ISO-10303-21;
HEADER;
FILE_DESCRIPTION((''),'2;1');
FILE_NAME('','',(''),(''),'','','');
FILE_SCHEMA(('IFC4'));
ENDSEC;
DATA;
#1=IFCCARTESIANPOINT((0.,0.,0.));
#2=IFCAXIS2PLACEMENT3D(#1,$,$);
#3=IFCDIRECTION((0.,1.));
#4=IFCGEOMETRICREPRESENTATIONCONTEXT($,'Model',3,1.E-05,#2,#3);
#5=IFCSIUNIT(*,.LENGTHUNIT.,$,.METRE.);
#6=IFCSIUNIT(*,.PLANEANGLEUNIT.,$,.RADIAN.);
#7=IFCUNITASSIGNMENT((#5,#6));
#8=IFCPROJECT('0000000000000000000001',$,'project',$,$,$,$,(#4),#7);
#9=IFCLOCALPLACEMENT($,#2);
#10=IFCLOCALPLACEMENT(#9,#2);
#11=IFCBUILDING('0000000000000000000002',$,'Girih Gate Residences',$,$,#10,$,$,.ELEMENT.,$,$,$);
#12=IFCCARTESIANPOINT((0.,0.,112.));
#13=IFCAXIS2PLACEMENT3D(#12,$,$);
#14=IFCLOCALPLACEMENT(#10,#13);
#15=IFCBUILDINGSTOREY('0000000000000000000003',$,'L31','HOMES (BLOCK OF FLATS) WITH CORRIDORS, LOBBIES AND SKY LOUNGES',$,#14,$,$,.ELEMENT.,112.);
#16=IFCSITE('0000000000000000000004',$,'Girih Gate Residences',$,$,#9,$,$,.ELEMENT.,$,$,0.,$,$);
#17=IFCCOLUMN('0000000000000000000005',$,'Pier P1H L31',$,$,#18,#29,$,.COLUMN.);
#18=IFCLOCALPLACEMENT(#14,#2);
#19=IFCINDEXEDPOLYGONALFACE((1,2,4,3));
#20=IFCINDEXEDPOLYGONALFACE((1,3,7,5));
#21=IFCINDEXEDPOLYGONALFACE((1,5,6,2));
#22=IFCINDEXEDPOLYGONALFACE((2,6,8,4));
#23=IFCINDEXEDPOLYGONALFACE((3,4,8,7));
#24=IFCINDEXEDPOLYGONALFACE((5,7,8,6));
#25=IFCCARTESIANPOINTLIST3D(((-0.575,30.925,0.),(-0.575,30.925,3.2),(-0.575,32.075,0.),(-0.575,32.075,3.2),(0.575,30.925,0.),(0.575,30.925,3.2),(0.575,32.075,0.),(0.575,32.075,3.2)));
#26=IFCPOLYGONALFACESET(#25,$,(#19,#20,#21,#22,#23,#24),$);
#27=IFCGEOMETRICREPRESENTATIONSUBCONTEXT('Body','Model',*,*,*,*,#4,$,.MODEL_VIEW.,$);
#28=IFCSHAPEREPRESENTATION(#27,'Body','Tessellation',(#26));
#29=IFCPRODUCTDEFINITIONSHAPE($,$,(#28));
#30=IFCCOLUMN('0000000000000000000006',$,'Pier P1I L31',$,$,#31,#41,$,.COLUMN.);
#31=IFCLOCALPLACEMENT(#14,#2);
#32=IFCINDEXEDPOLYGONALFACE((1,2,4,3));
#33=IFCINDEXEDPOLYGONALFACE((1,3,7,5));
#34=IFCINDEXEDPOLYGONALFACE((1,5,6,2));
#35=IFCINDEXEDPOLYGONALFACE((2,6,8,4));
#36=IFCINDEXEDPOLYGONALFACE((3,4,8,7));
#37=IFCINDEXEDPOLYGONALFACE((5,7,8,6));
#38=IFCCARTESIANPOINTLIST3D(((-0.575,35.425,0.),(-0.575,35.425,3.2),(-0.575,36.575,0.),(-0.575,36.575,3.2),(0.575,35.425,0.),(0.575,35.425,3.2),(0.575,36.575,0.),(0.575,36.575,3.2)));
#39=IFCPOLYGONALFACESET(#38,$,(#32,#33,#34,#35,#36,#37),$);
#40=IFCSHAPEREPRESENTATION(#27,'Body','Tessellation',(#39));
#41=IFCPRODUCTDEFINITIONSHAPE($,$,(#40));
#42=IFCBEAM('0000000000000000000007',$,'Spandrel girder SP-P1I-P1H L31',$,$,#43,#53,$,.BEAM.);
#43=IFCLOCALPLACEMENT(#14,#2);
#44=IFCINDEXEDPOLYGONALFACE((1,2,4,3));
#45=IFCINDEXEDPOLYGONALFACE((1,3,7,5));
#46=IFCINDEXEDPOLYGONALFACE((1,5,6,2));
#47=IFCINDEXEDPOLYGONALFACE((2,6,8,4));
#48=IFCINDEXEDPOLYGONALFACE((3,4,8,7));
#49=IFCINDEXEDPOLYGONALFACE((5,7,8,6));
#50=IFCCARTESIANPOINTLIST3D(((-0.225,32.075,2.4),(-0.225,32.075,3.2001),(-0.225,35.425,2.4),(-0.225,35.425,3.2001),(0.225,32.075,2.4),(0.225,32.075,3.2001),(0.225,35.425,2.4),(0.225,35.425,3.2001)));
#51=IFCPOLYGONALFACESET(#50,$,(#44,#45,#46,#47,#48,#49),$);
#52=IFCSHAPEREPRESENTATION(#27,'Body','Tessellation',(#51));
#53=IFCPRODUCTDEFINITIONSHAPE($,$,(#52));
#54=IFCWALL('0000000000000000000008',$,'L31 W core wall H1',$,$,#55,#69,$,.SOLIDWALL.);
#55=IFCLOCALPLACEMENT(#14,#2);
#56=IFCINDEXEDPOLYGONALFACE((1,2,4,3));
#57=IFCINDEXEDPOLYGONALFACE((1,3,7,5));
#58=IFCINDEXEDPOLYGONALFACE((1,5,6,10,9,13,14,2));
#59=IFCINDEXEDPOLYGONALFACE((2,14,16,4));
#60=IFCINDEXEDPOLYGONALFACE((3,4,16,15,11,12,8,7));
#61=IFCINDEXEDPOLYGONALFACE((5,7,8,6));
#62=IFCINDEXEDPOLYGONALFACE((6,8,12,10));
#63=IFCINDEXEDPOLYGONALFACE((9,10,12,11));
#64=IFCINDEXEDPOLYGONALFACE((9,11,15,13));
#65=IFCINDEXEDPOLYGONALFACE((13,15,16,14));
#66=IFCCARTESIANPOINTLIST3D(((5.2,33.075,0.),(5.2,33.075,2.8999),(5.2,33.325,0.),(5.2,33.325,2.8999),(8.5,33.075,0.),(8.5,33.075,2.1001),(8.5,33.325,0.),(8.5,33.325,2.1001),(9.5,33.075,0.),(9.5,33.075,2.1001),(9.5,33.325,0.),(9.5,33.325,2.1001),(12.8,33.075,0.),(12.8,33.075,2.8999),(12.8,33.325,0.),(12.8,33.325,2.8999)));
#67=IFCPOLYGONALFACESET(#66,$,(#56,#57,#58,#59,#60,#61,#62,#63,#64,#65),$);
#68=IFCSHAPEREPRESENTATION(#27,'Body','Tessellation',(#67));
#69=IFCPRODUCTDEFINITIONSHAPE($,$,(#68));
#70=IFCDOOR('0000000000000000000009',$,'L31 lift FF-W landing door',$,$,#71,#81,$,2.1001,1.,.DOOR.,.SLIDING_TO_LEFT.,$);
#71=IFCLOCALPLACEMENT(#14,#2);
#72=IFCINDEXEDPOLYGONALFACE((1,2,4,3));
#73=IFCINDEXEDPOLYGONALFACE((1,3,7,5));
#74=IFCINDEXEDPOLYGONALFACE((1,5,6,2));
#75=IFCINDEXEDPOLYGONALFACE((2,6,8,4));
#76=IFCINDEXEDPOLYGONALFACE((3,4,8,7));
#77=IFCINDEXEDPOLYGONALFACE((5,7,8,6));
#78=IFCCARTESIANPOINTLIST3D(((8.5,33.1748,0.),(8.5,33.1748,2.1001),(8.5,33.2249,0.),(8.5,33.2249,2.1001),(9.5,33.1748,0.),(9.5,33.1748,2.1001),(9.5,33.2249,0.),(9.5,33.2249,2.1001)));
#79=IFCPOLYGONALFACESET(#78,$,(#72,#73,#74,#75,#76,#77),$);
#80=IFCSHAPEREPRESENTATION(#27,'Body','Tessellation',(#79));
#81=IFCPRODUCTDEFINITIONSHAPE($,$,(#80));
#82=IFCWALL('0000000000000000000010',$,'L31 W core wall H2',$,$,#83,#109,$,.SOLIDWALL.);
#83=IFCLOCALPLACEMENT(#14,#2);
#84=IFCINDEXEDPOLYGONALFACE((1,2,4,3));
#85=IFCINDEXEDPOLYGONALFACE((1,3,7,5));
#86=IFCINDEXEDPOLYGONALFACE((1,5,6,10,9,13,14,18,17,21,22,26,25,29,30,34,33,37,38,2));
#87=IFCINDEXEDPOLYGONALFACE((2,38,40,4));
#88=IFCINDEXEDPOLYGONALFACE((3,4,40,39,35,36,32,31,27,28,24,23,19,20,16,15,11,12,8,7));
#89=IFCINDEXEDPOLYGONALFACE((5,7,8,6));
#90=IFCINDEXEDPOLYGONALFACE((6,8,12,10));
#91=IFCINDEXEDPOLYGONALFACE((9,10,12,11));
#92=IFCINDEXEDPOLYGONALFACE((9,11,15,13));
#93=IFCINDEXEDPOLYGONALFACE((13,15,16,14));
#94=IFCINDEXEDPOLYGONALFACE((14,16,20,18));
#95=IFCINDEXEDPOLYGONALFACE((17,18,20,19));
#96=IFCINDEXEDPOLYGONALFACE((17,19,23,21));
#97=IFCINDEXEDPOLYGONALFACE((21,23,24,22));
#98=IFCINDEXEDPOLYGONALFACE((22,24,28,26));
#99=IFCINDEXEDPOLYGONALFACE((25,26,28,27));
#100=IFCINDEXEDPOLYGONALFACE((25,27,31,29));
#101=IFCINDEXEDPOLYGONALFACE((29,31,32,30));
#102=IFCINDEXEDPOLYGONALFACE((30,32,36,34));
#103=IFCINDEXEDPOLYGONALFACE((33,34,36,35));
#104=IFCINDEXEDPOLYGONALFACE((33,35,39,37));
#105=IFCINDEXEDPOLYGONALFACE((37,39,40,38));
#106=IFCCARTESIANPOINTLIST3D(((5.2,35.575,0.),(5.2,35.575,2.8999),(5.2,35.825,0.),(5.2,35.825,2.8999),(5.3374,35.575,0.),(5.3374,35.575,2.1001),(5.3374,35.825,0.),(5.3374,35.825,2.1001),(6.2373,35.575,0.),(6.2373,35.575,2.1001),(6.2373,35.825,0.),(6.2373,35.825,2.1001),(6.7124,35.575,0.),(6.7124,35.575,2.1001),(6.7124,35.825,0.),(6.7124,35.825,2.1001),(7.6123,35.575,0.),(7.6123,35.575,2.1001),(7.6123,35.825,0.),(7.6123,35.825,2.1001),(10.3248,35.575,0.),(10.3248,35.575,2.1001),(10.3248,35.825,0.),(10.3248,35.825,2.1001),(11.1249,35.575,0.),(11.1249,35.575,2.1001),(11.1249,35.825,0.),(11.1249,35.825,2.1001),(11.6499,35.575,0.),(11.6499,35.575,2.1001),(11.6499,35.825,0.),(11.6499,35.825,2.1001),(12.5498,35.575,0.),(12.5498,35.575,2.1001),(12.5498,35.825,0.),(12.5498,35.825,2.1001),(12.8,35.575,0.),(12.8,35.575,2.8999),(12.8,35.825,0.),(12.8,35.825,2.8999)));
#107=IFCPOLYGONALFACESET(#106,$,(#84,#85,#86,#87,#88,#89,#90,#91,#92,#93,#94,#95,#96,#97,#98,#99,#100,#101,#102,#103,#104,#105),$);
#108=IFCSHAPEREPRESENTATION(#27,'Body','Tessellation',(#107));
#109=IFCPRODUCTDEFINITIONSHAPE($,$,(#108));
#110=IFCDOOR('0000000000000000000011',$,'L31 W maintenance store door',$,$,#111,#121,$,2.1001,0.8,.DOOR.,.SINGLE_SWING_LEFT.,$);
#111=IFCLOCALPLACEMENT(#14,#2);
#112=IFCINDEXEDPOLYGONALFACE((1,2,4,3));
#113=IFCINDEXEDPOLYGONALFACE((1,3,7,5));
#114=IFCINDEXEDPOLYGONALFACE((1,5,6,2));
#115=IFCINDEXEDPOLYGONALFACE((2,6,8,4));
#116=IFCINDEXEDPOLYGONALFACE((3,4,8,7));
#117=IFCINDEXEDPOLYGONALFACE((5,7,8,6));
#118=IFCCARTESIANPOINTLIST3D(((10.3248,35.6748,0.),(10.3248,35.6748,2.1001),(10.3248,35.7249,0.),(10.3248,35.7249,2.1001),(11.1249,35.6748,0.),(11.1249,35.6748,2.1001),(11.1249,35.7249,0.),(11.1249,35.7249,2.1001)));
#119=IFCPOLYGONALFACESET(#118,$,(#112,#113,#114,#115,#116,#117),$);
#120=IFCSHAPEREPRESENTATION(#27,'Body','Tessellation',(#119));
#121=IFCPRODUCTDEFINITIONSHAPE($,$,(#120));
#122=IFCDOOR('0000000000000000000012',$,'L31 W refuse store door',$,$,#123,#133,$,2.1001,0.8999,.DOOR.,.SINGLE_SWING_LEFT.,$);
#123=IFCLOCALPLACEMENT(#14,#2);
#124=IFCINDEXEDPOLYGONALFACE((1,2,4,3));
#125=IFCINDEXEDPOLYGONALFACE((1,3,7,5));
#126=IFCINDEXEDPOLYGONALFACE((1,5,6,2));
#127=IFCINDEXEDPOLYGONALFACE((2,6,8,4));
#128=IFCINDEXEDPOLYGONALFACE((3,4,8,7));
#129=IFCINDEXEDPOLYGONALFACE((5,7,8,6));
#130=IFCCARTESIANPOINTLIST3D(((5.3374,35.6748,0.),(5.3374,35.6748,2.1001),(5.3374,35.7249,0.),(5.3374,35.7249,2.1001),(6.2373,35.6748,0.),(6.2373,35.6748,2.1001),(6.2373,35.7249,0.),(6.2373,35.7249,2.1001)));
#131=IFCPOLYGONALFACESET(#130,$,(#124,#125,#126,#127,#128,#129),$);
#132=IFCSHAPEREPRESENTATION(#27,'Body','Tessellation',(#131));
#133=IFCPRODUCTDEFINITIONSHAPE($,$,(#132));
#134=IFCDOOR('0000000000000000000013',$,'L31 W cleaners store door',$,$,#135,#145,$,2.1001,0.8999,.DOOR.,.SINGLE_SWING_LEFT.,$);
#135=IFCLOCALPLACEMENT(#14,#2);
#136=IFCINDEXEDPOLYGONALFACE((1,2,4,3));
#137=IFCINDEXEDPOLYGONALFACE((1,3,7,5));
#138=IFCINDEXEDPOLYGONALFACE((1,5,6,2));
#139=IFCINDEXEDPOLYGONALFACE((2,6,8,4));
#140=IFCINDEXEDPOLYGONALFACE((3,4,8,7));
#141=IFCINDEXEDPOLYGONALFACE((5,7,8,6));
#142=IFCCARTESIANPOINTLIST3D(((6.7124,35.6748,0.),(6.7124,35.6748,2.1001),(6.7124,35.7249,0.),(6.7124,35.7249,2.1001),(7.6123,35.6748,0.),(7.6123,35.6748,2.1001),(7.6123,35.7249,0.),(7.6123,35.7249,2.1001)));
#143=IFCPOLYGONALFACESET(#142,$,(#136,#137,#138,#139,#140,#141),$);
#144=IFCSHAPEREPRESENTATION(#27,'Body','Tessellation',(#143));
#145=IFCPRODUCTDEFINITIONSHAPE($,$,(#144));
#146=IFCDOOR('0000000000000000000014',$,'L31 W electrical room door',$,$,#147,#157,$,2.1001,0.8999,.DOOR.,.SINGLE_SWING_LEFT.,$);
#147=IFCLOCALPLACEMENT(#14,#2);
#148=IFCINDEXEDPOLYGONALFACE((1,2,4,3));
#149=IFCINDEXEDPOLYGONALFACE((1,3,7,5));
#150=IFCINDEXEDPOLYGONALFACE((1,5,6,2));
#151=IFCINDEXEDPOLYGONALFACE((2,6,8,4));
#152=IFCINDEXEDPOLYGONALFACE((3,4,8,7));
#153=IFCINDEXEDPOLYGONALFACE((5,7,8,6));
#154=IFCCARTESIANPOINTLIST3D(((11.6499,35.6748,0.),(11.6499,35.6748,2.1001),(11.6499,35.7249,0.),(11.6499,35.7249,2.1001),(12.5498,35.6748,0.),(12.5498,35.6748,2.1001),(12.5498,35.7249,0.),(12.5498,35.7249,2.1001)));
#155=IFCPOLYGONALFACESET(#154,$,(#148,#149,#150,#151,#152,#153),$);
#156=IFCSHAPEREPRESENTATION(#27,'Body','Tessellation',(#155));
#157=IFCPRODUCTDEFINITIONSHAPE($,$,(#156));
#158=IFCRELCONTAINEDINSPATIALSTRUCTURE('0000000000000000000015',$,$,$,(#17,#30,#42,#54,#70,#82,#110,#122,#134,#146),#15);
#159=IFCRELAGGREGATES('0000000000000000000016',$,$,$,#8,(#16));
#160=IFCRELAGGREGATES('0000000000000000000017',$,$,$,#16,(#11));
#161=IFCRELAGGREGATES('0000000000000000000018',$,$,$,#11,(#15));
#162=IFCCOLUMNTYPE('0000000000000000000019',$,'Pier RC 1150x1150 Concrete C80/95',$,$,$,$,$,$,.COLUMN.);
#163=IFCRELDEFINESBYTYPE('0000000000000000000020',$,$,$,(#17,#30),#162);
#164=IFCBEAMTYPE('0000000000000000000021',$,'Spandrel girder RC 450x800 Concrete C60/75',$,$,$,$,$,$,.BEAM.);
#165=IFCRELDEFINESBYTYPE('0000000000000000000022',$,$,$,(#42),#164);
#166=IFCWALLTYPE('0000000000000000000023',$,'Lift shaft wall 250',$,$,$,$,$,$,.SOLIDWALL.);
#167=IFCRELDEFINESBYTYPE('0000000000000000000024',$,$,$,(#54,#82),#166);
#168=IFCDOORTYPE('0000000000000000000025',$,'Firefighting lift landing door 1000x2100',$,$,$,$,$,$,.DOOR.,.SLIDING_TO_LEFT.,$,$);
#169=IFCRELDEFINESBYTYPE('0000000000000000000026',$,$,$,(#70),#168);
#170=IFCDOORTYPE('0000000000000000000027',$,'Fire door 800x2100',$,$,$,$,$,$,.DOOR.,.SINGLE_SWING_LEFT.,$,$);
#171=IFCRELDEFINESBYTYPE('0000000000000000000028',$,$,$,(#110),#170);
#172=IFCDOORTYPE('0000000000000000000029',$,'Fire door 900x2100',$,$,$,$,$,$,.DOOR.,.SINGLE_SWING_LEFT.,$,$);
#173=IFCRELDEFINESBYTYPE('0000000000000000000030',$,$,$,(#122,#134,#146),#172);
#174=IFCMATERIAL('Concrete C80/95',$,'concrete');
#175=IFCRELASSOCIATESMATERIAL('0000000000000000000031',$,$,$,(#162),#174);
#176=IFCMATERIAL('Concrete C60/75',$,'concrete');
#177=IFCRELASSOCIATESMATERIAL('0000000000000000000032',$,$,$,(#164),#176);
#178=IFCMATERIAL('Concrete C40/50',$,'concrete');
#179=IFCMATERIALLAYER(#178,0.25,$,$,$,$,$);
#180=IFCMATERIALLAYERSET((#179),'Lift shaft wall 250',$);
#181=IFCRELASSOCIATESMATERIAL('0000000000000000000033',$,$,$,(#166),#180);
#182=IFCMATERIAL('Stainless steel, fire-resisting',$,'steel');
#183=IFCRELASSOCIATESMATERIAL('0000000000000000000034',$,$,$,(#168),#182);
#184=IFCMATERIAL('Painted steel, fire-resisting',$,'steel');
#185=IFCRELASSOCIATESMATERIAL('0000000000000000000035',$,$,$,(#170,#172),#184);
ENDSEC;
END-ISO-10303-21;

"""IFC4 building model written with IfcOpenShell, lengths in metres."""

from ifc_helpers import new_model, si_unit, direction, frame, frame_2d, origin, origin_2d, place, context, subcontext, project, spatial, rectangle, extrude, material, layer, layer_set, material_profile, profile_set, type_object, element, fill, save


model = new_model("IFC4")

# Units and contexts
model_context = context("Model", 3, precision=1e-05, world=origin(), true_north=direction((0.0, 1.0)))
body_context = subcontext(model_context, "Body", "Model", "MODEL_VIEW")
ifc_project = project(units=[si_unit("LENGTHUNIT", "METRE"), si_unit("PLANEANGLEUNIT", "RADIAN")], contexts=[model_context])

# Site, building, storey
site_placement = place(None, origin())
site = spatial("IfcSite", under=ifc_project, at=site_placement, Name="Girih Gate Residences", CompositionType="ELEMENT", RefElevation=0.0)
building_placement = place(site_placement, origin())
building = spatial("IfcBuilding", under=site, at=building_placement, Name="Girih Gate Residences", CompositionType="ELEMENT")
storey_placement = place(building_placement, frame((0.0, 0.0, 112.0)))
storey = spatial("IfcBuildingStorey", under=building, at=storey_placement, Name="L31", Description="HOMES (BLOCK OF FLATS) WITH CORRIDORS, LOBBIES AND SKY LOUNGES", CompositionType="ELEMENT", Elevation=112.0)

# Columns
ifc_material_1 = material(Name="Concrete C80/95", Category="concrete")
ifc_material_profile_1 = material_profile(ifc_material_1, rectangle(XDim=1.1499, YDim=1.1499, at=origin_2d()))
ifc_profile_set_1 = profile_set([ifc_material_profile_1], Name="Concrete C80/95")
column_type = type_object("IfcColumnType", Name="Pier RC 1150x1150 Concrete C80/95", PredefinedType="COLUMN", material=ifc_profile_set_1)
for number, where, z_axis, x_axis, name in (
    (1, (0.0, 31.5, 0.0), (0.0, 0.0, 1.0), (1.0, 0.0, 0.0), "Pier P1H L31"),
    (2, (0.0, 36.0, 0.0), (0.0, 0.0, 1.0), (1.0, 0.0, 0.0), "Pier P1I L31"),
):
    element("IfcColumn", number, at=place(storey_placement, frame(where, z_axis=z_axis, x_axis=x_axis)), inside=storey, type_object=column_type, Name=name, PredefinedType="COLUMN", context=body_context, shape_type="SweptSolid", body=[
        extrude(rectangle(XDim=1.1499, YDim=1.1499, at=origin_2d()), origin(), (0.0, 0.0, 1.0), 3.2),
    ])

# Beam
ifc_material_2 = material(Name="Concrete C60/75", Category="concrete")
ifc_material_profile_2 = material_profile(ifc_material_2, rectangle(XDim=0.45, YDim=0.8, at=origin_2d()))
ifc_profile_set_2 = profile_set([ifc_material_profile_2], Name="Concrete C60/75")
beam_type = type_object("IfcBeamType", Name="Spandrel girder RC 450x800 Concrete C60/75", PredefinedType="BEAM", material=ifc_profile_set_2)
beam_placement = place(storey_placement, frame((0.0, 35.425, 2.8), z_axis=(0.0, -1.0, 0.0), x_axis=(1.0, 0.0, 0.0)))
element("IfcBeam", 3, at=beam_placement, inside=storey, type_object=beam_type, Name="Spandrel girder SP-P1I-P1H L31", PredefinedType="BEAM", context=body_context, shape_type="SweptSolid", body=[
    extrude(rectangle(XDim=0.45, YDim=0.8, at=origin_2d()), origin(), (0.0, 0.0, 1.0), 3.3501),
])

# Wall, opening, door
ifc_material_3 = material(Name="Concrete C40/50", Category="concrete")
ifc_layer_1 = layer(ifc_material_3, 0.25)
ifc_layer_set_1 = layer_set([ifc_layer_1], Name="Lift shaft wall 250")
wall_type_1 = type_object("IfcWallType", Name="Lift shaft wall 250", PredefinedType="SOLIDWALL", material=ifc_layer_set_1)
wall_1_placement = place(storey_placement, frame((5.2, 33.2, 0.0), z_axis=(0.0, 0.0, 1.0), x_axis=(1.0, 0.0, 0.0)))
wall_1 = element("IfcWall", 4, at=wall_1_placement, inside=storey, type_object=wall_type_1, Name="L31 W core wall H1", PredefinedType="SOLIDWALL", context=body_context, shape_type="SweptSolid", body=[
    extrude(rectangle(XDim=7.6001, YDim=0.25, at=frame_2d((3.8, 0.0))), origin(), (0.0, 0.0, 1.0), 2.8999),
])
opening_1_placement = place(wall_1_placement, frame((3.3, 0.0, 0.0)))
opening_1 = element("IfcOpeningElement", 5, at=opening_1_placement, cuts=wall_1, PredefinedType="OPENING", context=body_context, shape_type="SweptSolid", body=[
    extrude(rectangle(XDim=1.0, YDim=2.1001, at=frame_2d((0.5, 1.05))), frame((0.0, 0.135, 0.0), z_axis=(0.0, -1.0, 0.0), x_axis=(1.0, 0.0, 0.0)), (0.0, 0.0, 1.0), 0.27),
])
ifc_material_4 = material(Name="Stainless steel, fire-resisting", Category="steel")
door_type_1 = type_object("IfcDoorType", Name="Firefighting lift landing door 1000x2100", OperationType="SLIDING_TO_LEFT", PredefinedType="DOOR", material=ifc_material_4)
door_1_placement = place(opening_1_placement, origin())
door_1 = element("IfcDoor", 6, at=door_1_placement, inside=storey, type_object=door_type_1, Name="L31 lift FF-W landing door", OperationType="SLIDING_TO_LEFT", OverallHeight=2.1001, OverallWidth=1.0, PredefinedType="DOOR", context=body_context, shape_type="SweptSolid", body=[
    extrude(rectangle(XDim=1.0, YDim=2.1001, at=frame_2d((0.5, 1.05))), frame((0.0, 0.0249, 0.0), z_axis=(0.0, -1.0, 0.0), x_axis=(1.0, 0.0, 0.0)), (0.0, 0.0, 1.0), 0.05),
])
fill(opening_1, door_1)

# Wall, openings, doors
wall_2_placement = place(storey_placement, frame((5.2, 35.7, 0.0), z_axis=(0.0, 0.0, 1.0), x_axis=(1.0, 0.0, 0.0)))
wall_2 = element("IfcWall", 7, at=wall_2_placement, inside=storey, type_object=wall_type_1, Name="L31 W core wall H2", PredefinedType="SOLIDWALL", context=body_context, shape_type="SweptSolid", body=[
    extrude(rectangle(XDim=7.6001, YDim=0.25, at=frame_2d((3.8, 0.0))), origin(), (0.0, 0.0, 1.0), 2.8999),
])
opening_2_placement = place(wall_2_placement, frame((0.1375, 0.0, 0.0)))
opening_2 = element("IfcOpeningElement", 8, at=opening_2_placement, cuts=wall_2, PredefinedType="OPENING", context=body_context, shape_type="SweptSolid", body=[
    extrude(rectangle(XDim=0.8999, YDim=2.1001, at=frame_2d((0.45, 1.05))), frame((0.0, 0.135, 0.0), z_axis=(0.0, -1.0, 0.0), x_axis=(1.0, 0.0, 0.0)), (0.0, 0.0, 1.0), 0.27),
])
opening_3_placement = place(wall_2_placement, frame((1.5125, 0.0, 0.0)))
opening_3 = element("IfcOpeningElement", 9, at=opening_3_placement, cuts=wall_2, PredefinedType="OPENING", context=body_context, shape_type="SweptSolid", body=[
    extrude(rectangle(XDim=0.8999, YDim=2.1001, at=frame_2d((0.45, 1.05))), frame((0.0, 0.135, 0.0), z_axis=(0.0, -1.0, 0.0), x_axis=(1.0, 0.0, 0.0)), (0.0, 0.0, 1.0), 0.27),
])
opening_4_placement = place(wall_2_placement, frame((5.125, 0.0, 0.0)))
opening_4 = element("IfcOpeningElement", 10, at=opening_4_placement, cuts=wall_2, PredefinedType="OPENING", context=body_context, shape_type="SweptSolid", body=[
    extrude(rectangle(XDim=0.8, YDim=2.1001, at=frame_2d((0.3999, 1.05))), frame((0.0, 0.135, 0.0), z_axis=(0.0, -1.0, 0.0), x_axis=(1.0, 0.0, 0.0)), (0.0, 0.0, 1.0), 0.27),
])
opening_5_placement = place(wall_2_placement, frame((6.45, 0.0, 0.0)))
opening_5 = element("IfcOpeningElement", 11, at=opening_5_placement, cuts=wall_2, PredefinedType="OPENING", context=body_context, shape_type="SweptSolid", body=[
    extrude(rectangle(XDim=0.8999, YDim=2.1001, at=frame_2d((0.45, 1.05))), frame((0.0, 0.135, 0.0), z_axis=(0.0, -1.0, 0.0), x_axis=(1.0, 0.0, 0.0)), (0.0, 0.0, 1.0), 0.27),
])
ifc_material_5 = material(Name="Painted steel, fire-resisting", Category="steel")
door_type_2 = type_object("IfcDoorType", Name="Fire door 800x2100", OperationType="SINGLE_SWING_LEFT", PredefinedType="DOOR", material=ifc_material_5)
door_2_placement = place(opening_4_placement, origin())
door_2 = element("IfcDoor", 12, at=door_2_placement, inside=storey, type_object=door_type_2, Name="L31 W maintenance store door", OperationType="SINGLE_SWING_LEFT", OverallHeight=2.1001, OverallWidth=0.8, PredefinedType="DOOR", context=body_context, shape_type="SweptSolid", body=[
    extrude(rectangle(XDim=0.8, YDim=2.1001, at=frame_2d((0.3999, 1.05))), frame((0.0, 0.0249, 0.0), z_axis=(0.0, -1.0, 0.0), x_axis=(1.0, 0.0, 0.0)), (0.0, 0.0, 1.0), 0.05),
])
fill(opening_4, door_2)
door_type_3 = type_object("IfcDoorType", Name="Fire door 900x2100", OperationType="SINGLE_SWING_LEFT", PredefinedType="DOOR", material=ifc_material_5)
door_3_placement = place(opening_2_placement, origin())
door_3 = element("IfcDoor", 13, at=door_3_placement, inside=storey, type_object=door_type_3, Name="L31 W refuse store door", OperationType="SINGLE_SWING_LEFT", OverallHeight=2.1001, OverallWidth=0.8999, PredefinedType="DOOR", context=body_context, shape_type="SweptSolid", body=[
    extrude(rectangle(XDim=0.8999, YDim=2.1001, at=frame_2d((0.45, 1.05))), frame((0.0, 0.0249, 0.0), z_axis=(0.0, -1.0, 0.0), x_axis=(1.0, 0.0, 0.0)), (0.0, 0.0, 1.0), 0.05),
])
fill(opening_2, door_3)
door_4_placement = place(opening_3_placement, origin())
door_4 = element("IfcDoor", 14, at=door_4_placement, inside=storey, type_object=door_type_3, Name="L31 W cleaners store door", OperationType="SINGLE_SWING_LEFT", OverallHeight=2.1001, OverallWidth=0.8999, PredefinedType="DOOR", context=body_context, shape_type="SweptSolid", body=[
    extrude(rectangle(XDim=0.8999, YDim=2.1001, at=frame_2d((0.45, 1.05))), frame((0.0, 0.0249, 0.0), z_axis=(0.0, -1.0, 0.0), x_axis=(1.0, 0.0, 0.0)), (0.0, 0.0, 1.0), 0.05),
])
fill(opening_3, door_4)
door_5_placement = place(opening_5_placement, origin())
door_5 = element("IfcDoor", 15, at=door_5_placement, inside=storey, type_object=door_type_3, Name="L31 W electrical room door", OperationType="SINGLE_SWING_LEFT", OverallHeight=2.1001, OverallWidth=0.8999, PredefinedType="DOOR", context=body_context, shape_type="SweptSolid", body=[
    extrude(rectangle(XDim=0.8999, YDim=2.1001, at=frame_2d((0.45, 1.05))), frame((0.0, 0.0249, 0.0), z_axis=(0.0, -1.0, 0.0), x_axis=(1.0, 0.0, 0.0)), (0.0, 0.0, 1.0), 0.05),
])
fill(opening_5, door_5)

save(model, "model.ifc")
